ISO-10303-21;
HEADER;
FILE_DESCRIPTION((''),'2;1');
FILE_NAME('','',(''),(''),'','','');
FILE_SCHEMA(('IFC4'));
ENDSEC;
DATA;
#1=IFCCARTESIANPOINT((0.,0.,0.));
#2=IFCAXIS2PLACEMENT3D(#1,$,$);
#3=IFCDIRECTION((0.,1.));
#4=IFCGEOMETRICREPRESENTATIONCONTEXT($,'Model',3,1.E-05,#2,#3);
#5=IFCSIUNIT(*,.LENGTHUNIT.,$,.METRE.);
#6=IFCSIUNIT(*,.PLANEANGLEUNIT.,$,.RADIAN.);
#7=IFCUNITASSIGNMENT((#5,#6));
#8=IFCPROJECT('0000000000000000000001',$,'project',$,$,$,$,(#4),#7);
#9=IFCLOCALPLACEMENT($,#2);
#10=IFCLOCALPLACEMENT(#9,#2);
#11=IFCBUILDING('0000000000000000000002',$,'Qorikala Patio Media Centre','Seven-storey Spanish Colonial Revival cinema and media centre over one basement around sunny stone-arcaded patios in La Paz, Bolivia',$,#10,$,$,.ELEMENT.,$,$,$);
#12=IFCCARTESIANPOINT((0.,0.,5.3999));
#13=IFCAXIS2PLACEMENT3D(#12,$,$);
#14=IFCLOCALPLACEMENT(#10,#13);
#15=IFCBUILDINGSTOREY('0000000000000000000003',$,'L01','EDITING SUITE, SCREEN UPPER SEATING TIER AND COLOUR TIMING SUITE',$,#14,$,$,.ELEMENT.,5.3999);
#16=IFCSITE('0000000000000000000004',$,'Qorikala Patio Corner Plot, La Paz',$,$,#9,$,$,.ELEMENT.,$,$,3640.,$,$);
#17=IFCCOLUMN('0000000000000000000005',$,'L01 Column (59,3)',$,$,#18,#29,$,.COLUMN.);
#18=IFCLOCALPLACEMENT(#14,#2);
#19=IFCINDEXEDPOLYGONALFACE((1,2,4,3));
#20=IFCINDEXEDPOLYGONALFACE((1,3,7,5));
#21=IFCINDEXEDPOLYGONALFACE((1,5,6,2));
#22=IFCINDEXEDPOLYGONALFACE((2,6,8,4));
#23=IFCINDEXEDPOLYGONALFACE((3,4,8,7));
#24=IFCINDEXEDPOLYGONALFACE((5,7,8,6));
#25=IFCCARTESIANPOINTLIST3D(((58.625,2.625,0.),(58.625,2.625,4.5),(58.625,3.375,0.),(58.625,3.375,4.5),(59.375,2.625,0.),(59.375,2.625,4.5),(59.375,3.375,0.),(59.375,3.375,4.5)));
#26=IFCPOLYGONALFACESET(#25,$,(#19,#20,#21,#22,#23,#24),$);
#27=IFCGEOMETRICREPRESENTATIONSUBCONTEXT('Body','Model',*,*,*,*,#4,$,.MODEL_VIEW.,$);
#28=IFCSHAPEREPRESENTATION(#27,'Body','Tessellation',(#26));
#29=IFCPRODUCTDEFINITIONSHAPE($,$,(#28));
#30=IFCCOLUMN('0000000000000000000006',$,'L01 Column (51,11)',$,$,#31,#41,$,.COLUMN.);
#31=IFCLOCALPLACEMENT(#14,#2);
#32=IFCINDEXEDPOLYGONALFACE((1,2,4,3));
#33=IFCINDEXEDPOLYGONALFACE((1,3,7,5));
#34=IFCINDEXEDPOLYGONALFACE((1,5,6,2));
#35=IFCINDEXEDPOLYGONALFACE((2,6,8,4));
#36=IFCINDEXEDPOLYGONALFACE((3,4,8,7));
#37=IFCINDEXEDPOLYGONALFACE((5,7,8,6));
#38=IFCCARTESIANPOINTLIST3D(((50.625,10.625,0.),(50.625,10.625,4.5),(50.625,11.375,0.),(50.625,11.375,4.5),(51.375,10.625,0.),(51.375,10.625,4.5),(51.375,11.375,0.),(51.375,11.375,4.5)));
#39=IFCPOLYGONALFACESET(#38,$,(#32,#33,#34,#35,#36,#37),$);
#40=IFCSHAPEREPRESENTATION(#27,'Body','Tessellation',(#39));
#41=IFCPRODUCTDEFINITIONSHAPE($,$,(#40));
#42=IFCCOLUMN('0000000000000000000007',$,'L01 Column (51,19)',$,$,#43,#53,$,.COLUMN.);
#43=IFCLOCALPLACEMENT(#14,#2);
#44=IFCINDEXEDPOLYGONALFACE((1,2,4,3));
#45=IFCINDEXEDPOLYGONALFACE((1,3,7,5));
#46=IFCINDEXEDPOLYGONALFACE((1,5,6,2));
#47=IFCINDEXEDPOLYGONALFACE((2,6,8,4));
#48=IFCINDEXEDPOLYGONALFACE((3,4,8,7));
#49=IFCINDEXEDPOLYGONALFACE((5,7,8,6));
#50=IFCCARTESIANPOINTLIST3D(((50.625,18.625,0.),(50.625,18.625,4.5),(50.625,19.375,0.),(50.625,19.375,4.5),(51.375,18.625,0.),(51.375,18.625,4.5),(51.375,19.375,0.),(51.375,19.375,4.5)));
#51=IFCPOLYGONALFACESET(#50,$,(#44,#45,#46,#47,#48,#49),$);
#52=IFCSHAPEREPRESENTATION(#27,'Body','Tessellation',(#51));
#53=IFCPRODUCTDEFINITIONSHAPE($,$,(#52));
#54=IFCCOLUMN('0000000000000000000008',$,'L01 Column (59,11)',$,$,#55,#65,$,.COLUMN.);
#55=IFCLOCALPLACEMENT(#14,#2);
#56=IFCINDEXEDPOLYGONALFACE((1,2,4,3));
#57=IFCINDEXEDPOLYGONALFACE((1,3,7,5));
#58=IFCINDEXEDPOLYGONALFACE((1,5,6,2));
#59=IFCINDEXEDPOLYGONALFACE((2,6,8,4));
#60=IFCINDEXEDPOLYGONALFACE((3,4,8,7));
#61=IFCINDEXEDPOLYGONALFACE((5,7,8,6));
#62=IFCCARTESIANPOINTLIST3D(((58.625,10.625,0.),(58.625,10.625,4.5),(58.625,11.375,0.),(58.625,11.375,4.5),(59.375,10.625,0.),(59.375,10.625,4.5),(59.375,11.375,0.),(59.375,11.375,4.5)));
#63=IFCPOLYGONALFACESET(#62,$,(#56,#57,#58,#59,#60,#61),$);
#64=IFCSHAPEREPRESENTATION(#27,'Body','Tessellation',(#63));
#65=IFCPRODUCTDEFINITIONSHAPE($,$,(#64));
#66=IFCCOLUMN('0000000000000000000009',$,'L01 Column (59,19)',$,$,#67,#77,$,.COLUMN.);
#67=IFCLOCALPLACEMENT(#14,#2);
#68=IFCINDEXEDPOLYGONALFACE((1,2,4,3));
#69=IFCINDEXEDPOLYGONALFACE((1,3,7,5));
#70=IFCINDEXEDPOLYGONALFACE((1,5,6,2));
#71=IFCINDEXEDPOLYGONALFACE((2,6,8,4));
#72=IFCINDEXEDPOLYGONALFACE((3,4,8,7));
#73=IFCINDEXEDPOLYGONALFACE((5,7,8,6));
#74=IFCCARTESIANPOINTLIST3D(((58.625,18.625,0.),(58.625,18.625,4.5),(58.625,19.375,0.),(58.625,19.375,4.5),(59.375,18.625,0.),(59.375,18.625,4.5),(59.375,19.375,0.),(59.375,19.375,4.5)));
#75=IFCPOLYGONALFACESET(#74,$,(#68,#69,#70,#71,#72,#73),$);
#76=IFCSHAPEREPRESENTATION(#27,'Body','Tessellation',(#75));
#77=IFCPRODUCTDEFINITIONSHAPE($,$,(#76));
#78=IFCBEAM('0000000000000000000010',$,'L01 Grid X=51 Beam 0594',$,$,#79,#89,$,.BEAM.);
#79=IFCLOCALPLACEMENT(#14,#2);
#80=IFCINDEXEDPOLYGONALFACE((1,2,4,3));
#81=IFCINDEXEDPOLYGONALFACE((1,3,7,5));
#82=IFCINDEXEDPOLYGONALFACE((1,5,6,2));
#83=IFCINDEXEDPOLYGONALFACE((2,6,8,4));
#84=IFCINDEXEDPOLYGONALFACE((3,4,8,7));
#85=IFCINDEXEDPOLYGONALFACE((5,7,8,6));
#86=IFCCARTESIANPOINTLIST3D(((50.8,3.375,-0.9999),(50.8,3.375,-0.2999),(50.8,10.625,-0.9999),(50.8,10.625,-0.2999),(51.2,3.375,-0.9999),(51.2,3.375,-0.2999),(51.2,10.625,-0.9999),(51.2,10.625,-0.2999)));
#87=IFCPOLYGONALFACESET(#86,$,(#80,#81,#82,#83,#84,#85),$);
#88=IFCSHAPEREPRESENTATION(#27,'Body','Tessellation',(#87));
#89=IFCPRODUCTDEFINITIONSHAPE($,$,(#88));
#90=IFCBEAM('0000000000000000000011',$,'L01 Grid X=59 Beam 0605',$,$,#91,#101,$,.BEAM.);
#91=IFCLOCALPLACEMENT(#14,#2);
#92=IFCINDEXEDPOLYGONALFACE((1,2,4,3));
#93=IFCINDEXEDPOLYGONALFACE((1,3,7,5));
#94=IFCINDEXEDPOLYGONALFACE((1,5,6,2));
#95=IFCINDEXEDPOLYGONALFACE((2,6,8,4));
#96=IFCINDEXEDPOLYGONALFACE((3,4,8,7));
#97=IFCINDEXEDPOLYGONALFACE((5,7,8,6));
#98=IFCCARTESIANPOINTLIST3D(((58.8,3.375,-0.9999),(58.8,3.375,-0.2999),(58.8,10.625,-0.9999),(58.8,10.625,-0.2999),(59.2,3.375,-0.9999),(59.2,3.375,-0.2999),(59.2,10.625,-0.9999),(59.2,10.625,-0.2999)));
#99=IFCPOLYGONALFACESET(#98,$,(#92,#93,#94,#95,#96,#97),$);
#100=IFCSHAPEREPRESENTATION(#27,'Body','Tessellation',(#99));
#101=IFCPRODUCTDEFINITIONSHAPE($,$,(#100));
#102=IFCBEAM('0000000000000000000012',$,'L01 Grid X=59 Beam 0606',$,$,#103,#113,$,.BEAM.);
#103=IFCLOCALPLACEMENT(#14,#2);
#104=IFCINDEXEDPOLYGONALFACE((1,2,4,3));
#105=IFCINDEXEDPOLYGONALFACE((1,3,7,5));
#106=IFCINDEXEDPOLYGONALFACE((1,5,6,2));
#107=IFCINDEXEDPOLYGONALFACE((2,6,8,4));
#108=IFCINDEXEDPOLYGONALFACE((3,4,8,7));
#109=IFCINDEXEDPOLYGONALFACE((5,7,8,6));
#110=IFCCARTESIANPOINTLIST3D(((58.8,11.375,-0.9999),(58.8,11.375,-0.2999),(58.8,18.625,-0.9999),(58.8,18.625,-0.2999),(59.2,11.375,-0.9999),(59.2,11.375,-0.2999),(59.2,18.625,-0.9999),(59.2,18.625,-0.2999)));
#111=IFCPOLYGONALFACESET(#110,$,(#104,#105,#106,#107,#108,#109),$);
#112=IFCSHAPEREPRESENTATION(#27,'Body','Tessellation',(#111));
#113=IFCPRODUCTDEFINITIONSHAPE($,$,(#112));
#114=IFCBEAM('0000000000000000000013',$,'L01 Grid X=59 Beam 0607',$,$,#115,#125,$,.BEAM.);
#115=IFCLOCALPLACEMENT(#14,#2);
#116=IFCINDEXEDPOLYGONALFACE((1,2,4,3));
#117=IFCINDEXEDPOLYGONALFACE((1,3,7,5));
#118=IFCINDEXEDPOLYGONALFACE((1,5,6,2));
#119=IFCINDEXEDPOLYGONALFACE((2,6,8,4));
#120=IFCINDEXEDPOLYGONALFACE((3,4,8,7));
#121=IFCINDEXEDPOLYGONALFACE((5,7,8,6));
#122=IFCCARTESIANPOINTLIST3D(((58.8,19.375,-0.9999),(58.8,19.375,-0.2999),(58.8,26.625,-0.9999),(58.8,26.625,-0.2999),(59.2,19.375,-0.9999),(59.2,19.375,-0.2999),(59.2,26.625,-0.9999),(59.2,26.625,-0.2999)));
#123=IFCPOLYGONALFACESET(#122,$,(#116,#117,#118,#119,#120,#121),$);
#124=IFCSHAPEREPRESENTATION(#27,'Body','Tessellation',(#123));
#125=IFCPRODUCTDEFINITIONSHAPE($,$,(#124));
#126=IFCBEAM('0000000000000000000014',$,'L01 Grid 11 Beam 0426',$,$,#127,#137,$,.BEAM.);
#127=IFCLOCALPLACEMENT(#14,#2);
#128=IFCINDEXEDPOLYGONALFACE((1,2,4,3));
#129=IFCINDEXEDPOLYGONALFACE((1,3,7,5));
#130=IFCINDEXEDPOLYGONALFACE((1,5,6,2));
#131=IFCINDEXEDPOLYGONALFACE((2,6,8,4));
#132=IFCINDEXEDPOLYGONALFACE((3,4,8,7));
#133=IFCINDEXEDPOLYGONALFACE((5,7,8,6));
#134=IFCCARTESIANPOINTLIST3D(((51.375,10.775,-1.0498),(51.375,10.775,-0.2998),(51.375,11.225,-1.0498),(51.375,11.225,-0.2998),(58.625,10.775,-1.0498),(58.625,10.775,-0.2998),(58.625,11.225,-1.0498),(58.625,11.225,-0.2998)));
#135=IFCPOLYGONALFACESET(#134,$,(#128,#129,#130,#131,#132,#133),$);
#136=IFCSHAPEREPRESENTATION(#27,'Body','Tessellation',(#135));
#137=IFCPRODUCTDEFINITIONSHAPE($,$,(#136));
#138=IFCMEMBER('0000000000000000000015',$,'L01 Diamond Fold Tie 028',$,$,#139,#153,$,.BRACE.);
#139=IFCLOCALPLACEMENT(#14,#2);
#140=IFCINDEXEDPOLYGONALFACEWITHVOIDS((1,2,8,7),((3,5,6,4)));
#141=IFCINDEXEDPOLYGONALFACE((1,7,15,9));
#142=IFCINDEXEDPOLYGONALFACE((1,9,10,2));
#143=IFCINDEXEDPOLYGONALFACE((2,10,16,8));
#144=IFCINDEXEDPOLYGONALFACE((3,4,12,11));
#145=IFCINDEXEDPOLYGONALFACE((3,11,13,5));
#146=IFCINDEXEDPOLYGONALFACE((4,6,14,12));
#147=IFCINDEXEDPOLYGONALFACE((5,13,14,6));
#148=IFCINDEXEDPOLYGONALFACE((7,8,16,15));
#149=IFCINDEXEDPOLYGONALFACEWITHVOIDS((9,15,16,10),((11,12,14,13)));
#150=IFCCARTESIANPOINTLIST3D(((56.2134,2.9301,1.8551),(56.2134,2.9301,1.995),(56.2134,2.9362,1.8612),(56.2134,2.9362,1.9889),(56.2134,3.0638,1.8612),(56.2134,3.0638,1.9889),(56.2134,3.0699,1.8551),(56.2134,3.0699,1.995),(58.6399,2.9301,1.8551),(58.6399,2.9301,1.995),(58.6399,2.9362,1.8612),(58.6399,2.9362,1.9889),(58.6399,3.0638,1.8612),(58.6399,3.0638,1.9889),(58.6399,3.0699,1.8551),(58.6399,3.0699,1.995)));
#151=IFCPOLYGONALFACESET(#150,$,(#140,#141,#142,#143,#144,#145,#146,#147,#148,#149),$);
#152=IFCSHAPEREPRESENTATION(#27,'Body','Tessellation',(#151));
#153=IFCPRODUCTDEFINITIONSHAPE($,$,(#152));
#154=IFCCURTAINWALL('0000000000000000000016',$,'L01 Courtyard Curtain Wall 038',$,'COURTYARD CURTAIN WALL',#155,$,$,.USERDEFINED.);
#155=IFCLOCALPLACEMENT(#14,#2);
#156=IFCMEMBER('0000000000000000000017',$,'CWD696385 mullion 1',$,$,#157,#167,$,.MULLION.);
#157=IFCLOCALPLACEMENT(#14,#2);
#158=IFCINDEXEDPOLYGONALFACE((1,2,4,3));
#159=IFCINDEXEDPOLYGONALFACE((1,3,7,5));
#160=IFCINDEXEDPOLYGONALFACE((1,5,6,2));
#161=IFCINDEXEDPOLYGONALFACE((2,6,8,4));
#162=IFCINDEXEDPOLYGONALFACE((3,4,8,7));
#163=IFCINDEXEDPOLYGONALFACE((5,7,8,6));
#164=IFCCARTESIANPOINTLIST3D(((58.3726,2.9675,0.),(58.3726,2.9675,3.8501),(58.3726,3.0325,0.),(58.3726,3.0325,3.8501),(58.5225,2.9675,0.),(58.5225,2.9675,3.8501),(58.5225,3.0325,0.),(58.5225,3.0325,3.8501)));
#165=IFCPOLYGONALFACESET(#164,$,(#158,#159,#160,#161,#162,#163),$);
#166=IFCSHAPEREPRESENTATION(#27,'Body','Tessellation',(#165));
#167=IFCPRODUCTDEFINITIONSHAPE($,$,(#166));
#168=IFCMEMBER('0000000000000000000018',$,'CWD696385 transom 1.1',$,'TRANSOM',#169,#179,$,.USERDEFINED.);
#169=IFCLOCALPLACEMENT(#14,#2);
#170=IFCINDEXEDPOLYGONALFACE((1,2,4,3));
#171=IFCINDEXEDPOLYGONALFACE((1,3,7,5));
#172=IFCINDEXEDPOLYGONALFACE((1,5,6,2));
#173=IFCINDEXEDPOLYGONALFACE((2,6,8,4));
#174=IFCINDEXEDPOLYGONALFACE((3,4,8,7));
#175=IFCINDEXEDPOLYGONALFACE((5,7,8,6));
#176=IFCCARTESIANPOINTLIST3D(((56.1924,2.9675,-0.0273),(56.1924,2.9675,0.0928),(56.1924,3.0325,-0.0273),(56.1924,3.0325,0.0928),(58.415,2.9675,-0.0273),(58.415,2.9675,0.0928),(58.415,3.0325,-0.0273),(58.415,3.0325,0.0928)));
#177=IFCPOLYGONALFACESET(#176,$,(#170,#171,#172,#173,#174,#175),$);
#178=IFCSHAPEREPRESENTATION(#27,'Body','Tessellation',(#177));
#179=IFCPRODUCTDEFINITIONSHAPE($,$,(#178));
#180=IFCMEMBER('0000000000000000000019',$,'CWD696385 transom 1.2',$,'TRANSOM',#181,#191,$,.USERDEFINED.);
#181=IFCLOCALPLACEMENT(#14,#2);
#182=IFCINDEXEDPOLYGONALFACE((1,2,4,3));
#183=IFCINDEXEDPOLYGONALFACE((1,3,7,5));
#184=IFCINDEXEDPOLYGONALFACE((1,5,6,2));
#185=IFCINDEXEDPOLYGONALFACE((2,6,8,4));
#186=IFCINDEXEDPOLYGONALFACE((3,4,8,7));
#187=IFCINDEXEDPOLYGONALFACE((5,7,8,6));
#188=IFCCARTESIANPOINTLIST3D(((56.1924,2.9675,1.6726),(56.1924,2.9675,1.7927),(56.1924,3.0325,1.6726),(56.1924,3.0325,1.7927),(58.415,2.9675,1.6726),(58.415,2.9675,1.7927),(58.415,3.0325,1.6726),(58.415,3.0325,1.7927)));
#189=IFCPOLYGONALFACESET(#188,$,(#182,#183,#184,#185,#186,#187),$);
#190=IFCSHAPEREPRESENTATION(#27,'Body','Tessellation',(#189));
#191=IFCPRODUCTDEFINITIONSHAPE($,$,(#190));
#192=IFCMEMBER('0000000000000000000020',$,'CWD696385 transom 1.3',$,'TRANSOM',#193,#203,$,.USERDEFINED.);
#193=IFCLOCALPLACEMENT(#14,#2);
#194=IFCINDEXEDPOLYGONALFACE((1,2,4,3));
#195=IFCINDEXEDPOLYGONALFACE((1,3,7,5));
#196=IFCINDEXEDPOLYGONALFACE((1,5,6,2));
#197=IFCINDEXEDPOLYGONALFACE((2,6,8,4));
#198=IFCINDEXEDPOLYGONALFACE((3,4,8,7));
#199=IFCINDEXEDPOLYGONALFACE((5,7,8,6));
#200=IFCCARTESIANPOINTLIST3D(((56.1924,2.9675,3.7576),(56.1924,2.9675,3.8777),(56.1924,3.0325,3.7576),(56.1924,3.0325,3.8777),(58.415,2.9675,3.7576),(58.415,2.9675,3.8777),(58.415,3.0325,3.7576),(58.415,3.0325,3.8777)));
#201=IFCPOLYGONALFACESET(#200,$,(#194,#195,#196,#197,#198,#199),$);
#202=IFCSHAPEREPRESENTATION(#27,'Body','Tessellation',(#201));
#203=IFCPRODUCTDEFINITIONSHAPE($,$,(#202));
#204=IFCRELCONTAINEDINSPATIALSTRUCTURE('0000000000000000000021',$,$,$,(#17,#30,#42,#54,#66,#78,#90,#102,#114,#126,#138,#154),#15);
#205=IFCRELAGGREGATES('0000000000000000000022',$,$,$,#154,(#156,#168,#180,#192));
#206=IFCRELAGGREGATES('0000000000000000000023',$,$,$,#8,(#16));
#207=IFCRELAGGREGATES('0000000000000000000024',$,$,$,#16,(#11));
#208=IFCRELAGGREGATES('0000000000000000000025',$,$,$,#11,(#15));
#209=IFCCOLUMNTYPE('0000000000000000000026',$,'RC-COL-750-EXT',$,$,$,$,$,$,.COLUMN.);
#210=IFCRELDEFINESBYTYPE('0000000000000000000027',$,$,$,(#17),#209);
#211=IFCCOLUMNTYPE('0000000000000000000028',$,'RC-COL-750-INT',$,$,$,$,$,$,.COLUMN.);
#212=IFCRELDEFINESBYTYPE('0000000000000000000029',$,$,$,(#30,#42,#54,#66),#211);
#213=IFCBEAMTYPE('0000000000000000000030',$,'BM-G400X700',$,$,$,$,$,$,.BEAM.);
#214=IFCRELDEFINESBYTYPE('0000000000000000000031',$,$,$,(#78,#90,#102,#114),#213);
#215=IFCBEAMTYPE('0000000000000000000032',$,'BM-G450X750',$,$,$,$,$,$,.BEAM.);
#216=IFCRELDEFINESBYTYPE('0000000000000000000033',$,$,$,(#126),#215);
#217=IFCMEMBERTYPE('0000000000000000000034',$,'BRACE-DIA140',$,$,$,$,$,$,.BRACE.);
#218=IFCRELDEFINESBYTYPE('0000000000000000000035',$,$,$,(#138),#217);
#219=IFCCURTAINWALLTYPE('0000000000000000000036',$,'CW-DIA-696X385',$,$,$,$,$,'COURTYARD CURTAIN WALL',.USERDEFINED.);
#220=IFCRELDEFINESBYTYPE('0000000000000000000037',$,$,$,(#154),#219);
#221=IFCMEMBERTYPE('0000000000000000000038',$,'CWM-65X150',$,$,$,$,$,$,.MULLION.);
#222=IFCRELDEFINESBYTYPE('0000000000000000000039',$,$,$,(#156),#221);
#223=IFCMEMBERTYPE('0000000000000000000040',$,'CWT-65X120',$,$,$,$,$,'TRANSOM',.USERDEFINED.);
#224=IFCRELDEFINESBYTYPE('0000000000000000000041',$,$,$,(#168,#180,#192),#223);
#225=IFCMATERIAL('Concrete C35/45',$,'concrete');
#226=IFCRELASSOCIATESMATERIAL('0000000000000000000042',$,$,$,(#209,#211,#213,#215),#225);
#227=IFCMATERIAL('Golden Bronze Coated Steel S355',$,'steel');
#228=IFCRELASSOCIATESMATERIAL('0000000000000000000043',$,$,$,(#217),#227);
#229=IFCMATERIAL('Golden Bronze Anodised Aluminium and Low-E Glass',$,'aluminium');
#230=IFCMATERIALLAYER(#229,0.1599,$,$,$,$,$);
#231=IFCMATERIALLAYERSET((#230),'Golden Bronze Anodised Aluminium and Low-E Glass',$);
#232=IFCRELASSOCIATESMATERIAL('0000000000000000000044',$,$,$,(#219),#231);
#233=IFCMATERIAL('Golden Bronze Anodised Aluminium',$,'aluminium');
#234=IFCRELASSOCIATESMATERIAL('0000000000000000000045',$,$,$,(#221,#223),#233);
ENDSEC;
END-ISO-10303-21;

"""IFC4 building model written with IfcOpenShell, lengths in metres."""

from ifc_helpers import new_model, si_unit, direction, frame, origin, origin_2d, place, context, subcontext, project, spatial, rectangle, hollow_rectangle, extrude, material, layer, layer_set, material_profile, profile_set, type_object, element, aggregate, save


model = new_model("IFC4")

# Units and contexts
model_context = context("Model", 3, precision=1e-05, world=origin(), true_north=direction((0.0, 1.0)))
body_context = subcontext(model_context, "Body", "Model", "MODEL_VIEW")
ifc_project = project(units=[si_unit("LENGTHUNIT", "METRE"), si_unit("PLANEANGLEUNIT", "RADIAN")], contexts=[model_context])

# Site, building, storey
site_placement = place(None, origin())
site = spatial("IfcSite", under=ifc_project, at=site_placement, Name="Qorikala Patio Corner Plot, La Paz", CompositionType="ELEMENT", RefElevation=3640.0)
building_placement = place(site_placement, origin())
building = spatial("IfcBuilding", under=site, at=building_placement, Name="Qorikala Patio Media Centre", Description="Seven-storey Spanish Colonial Revival cinema and media centre over one basement around sunny stone-arcaded patios in La Paz, Bolivia", CompositionType="ELEMENT")
storey_placement = place(building_placement, frame((0.0, 0.0, 5.3999)))
storey = spatial("IfcBuildingStorey", under=building, at=storey_placement, Name="L01", Description="EDITING SUITE, SCREEN UPPER SEATING TIER AND COLOUR TIMING SUITE", CompositionType="ELEMENT", Elevation=5.3999)

# Columns
ifc_material_1 = material(Name="Concrete C35/45", Category="concrete")
ifc_material_profile_1 = material_profile(ifc_material_1, rectangle(XDim=0.75, YDim=0.75, at=origin_2d()), Name="RC 750x750")
ifc_profile_set_1 = profile_set([ifc_material_profile_1], Name="Concrete C35/45")
column_type_1 = type_object("IfcColumnType", Name="RC-COL-750-EXT", PredefinedType="COLUMN", material=ifc_profile_set_1)
column_placement = place(storey_placement, frame((59.0, 3.0, 0.0), z_axis=(0.0, 0.0, 1.0), x_axis=(1.0, 0.0, 0.0)))
element("IfcColumn", 1, at=column_placement, inside=storey, type_object=column_type_1, Name="L01 Column (59,3)", PredefinedType="COLUMN", context=body_context, shape_type="SweptSolid", body=[
    extrude(rectangle(XDim=0.75, YDim=0.75, at=origin_2d()), origin(), (0.0, 0.0, 1.0), 4.5),
])
ifc_material_profile_2 = material_profile(ifc_material_1, rectangle(XDim=0.75, YDim=0.75, at=origin_2d()), Name="RC 750x750")
ifc_profile_set_2 = profile_set([ifc_material_profile_2], Name="Concrete C35/45")
column_type_2 = type_object("IfcColumnType", Name="RC-COL-750-INT", PredefinedType="COLUMN", material=ifc_profile_set_2)
for number, where, z_axis, x_axis, name in (
    (2, (51.0, 11.0, 0.0), (0.0, 0.0, 1.0), (1.0, 0.0, 0.0), "L01 Column (51,11)"),
    (3, (51.0, 19.0, 0.0), (0.0, 0.0, 1.0), (1.0, 0.0, 0.0), "L01 Column (51,19)"),
    (4, (59.0, 11.0, 0.0), (0.0, 0.0, 1.0), (1.0, 0.0, 0.0), "L01 Column (59,11)"),
    (5, (59.0, 19.0, 0.0), (0.0, 0.0, 1.0), (1.0, 0.0, 0.0), "L01 Column (59,19)"),
):
    element("IfcColumn", number, at=place(storey_placement, frame(where, z_axis=z_axis, x_axis=x_axis)), inside=storey, type_object=column_type_2, Name=name, PredefinedType="COLUMN", context=body_context, shape_type="SweptSolid", body=[
        extrude(rectangle(XDim=0.75, YDim=0.75, at=origin_2d()), origin(), (0.0, 0.0, 1.0), 4.5),
    ])

# Beams
ifc_material_profile_3 = material_profile(ifc_material_1, rectangle(XDim=0.3999, YDim=0.7, at=origin_2d()), Name="RC 400x700")
ifc_profile_set_3 = profile_set([ifc_material_profile_3], Name="Concrete C35/45")
beam_type_1 = type_object("IfcBeamType", Name="BM-G400X700", PredefinedType="BEAM", material=ifc_profile_set_3)
for number, where, z_axis, x_axis, name in (
    (6, (51.0, 3.375, -0.6499), (0.0, 1.0, 0.0), (-1.0, 0.0, 0.0), "L01 Grid X=51 Beam 0594"),
    (7, (59.0, 3.375, -0.6499), (0.0, 1.0, 0.0), (-1.0, 0.0, 0.0), "L01 Grid X=59 Beam 0605"),
    (8, (59.0, 11.375, -0.6499), (0.0, 1.0, 0.0), (-1.0, 0.0, 0.0), "L01 Grid X=59 Beam 0606"),
    (9, (59.0, 19.375, -0.6499), (0.0, 1.0, 0.0), (-1.0, 0.0, 0.0), "L01 Grid X=59 Beam 0607"),
):
    element("IfcBeam", number, at=place(storey_placement, frame(where, z_axis=z_axis, x_axis=x_axis)), inside=storey, type_object=beam_type_1, Name=name, PredefinedType="BEAM", context=body_context, shape_type="SweptSolid", body=[
        extrude(rectangle(XDim=0.3999, YDim=0.7, at=origin_2d()), origin(), (0.0, 0.0, 1.0), 7.25),
    ])
ifc_material_profile_4 = material_profile(ifc_material_1, rectangle(XDim=0.45, YDim=0.75, at=origin_2d()), Name="RC 450x750")
ifc_profile_set_4 = profile_set([ifc_material_profile_4], Name="Concrete C35/45")
beam_type_2 = type_object("IfcBeamType", Name="BM-G450X750", PredefinedType="BEAM", material=ifc_profile_set_4)
beam_placement = place(storey_placement, frame((51.375, 11.0, -0.6748), z_axis=(1.0, 0.0, 0.0), x_axis=(0.0, 1.0, 0.0)))
element("IfcBeam", 10, at=beam_placement, inside=storey, type_object=beam_type_2, Name="L01 Grid 11 Beam 0426", PredefinedType="BEAM", context=body_context, shape_type="SweptSolid", body=[
    extrude(rectangle(XDim=0.45, YDim=0.75, at=origin_2d()), origin(), (0.0, 0.0, 1.0), 7.25),
])

# Member
ifc_material_2 = material(Name="Golden Bronze Coated Steel S355", Category="steel")
ifc_material_profile_5 = material_profile(ifc_material_2, hollow_rectangle(XDim=0.1399, YDim=0.1399, WallThickness=0.0061, at=origin_2d()), Name="HSS140X140X6")
ifc_profile_set_5 = profile_set([ifc_material_profile_5], Name="Golden Bronze Coated Steel S355")
member_type_1 = type_object("IfcMemberType", Name="BRACE-DIA140", PredefinedType="BRACE", material=ifc_profile_set_5)
member_1_placement = place(storey_placement, frame((58.6399, 3.0, 1.925), z_axis=(-1.0, 0.0, 0.0), x_axis=(0.0, -1.0, 0.0)))
element("IfcMember", 11, at=member_1_placement, inside=storey, type_object=member_type_1, Name="L01 Diamond Fold Tie 028", PredefinedType="BRACE", context=body_context, shape_type="SweptSolid", body=[
    extrude(hollow_rectangle(XDim=0.1399, YDim=0.1399, WallThickness=0.0061, at=origin_2d()), origin(), (0.0, 0.0, 1.0), 2.4265),
])

# Curtain wall, members
ifc_material_3 = material(Name="Golden Bronze Anodised Aluminium and Low-E Glass", Category="aluminium")
ifc_layer_1 = layer(ifc_material_3, 0.1599)
ifc_layer_set_1 = layer_set([ifc_layer_1], Name="Golden Bronze Anodised Aluminium and Low-E Glass")
curtain_wall_type = type_object("IfcCurtainWallType", Name="CW-DIA-696X385", ElementType="COURTYARD CURTAIN WALL", PredefinedType="USERDEFINED", material=ifc_layer_set_1)
curtain_wall_placement = place(storey_placement, origin())
curtain_wall = element("IfcCurtainWall", 12, at=curtain_wall_placement, inside=storey, type_object=curtain_wall_type, Name="L01 Courtyard Curtain Wall 038", ObjectType="COURTYARD CURTAIN WALL", PredefinedType="USERDEFINED")
ifc_material_4 = material(Name="Golden Bronze Anodised Aluminium", Category="aluminium")
ifc_material_profile_6 = material_profile(ifc_material_4, rectangle(XDim=0.0649, YDim=0.1499, at=origin_2d()), Name="ALU MULLION 65x150")
ifc_profile_set_6 = profile_set([ifc_material_profile_6], Name="Golden Bronze Anodised Aluminium")
member_type_2 = type_object("IfcMemberType", Name="CWM-65X150", PredefinedType="MULLION", material=ifc_profile_set_6)
member_2_placement = place(storey_placement, frame((58.4475, 3.0, 0.0), z_axis=(0.0, 0.0, 1.0), x_axis=(0.0, -1.0, 0.0)))
member_2 = element("IfcMember", 13, at=member_2_placement, type_object=member_type_2, Name="CWD696385 mullion 1", PredefinedType="MULLION", context=body_context, shape_type="SweptSolid", body=[
    extrude(rectangle(XDim=0.0649, YDim=0.1499, at=origin_2d()), origin(), (0.0, 0.0, 1.0), 3.8501),
])
ifc_material_profile_7 = material_profile(ifc_material_4, rectangle(XDim=0.0649, YDim=0.1201, at=origin_2d()), Name="ALU TRANSOM 65x120")
ifc_profile_set_7 = profile_set([ifc_material_profile_7], Name="Golden Bronze Anodised Aluminium")
member_type_3 = type_object("IfcMemberType", Name="CWT-65X120", ElementType="TRANSOM", PredefinedType="USERDEFINED", material=ifc_profile_set_7)
member_3_placement = place(storey_placement, frame((58.415, 3.0, 0.0327), z_axis=(-1.0, 0.0, 0.0), x_axis=(0.0, -1.0, 0.0)))
member_3 = element("IfcMember", 14, at=member_3_placement, type_object=member_type_3, Name="CWD696385 transom 1.1", ObjectType="TRANSOM", PredefinedType="USERDEFINED", context=body_context, shape_type="SweptSolid", body=[
    extrude(rectangle(XDim=0.0649, YDim=0.1201, at=origin_2d()), origin(), (0.0, 0.0, 1.0), 2.2227),
])
member_4_placement = place(storey_placement, frame((58.415, 3.0, 1.7327), z_axis=(-1.0, 0.0, 0.0), x_axis=(0.0, -1.0, 0.0)))
member_4 = element("IfcMember", 15, at=member_4_placement, type_object=member_type_3, Name="CWD696385 transom 1.2", ObjectType="TRANSOM", PredefinedType="USERDEFINED", context=body_context, shape_type="SweptSolid", body=[
    extrude(rectangle(XDim=0.0649, YDim=0.1201, at=origin_2d()), origin(), (0.0, 0.0, 1.0), 2.2227),
])
member_5_placement = place(storey_placement, frame((58.415, 3.0, 3.8176), z_axis=(-1.0, 0.0, 0.0), x_axis=(0.0, -1.0, 0.0)))
member_5 = element("IfcMember", 16, at=member_5_placement, type_object=member_type_3, Name="CWD696385 transom 1.3", ObjectType="TRANSOM", PredefinedType="USERDEFINED", context=body_context, shape_type="SweptSolid", body=[
    extrude(rectangle(XDim=0.0649, YDim=0.1201, at=origin_2d()), origin(), (0.0, 0.0, 1.0), 2.2227),
])

aggregate(curtain_wall, [member_2, member_3, member_4, member_5])

save(model, "model.ifc")
